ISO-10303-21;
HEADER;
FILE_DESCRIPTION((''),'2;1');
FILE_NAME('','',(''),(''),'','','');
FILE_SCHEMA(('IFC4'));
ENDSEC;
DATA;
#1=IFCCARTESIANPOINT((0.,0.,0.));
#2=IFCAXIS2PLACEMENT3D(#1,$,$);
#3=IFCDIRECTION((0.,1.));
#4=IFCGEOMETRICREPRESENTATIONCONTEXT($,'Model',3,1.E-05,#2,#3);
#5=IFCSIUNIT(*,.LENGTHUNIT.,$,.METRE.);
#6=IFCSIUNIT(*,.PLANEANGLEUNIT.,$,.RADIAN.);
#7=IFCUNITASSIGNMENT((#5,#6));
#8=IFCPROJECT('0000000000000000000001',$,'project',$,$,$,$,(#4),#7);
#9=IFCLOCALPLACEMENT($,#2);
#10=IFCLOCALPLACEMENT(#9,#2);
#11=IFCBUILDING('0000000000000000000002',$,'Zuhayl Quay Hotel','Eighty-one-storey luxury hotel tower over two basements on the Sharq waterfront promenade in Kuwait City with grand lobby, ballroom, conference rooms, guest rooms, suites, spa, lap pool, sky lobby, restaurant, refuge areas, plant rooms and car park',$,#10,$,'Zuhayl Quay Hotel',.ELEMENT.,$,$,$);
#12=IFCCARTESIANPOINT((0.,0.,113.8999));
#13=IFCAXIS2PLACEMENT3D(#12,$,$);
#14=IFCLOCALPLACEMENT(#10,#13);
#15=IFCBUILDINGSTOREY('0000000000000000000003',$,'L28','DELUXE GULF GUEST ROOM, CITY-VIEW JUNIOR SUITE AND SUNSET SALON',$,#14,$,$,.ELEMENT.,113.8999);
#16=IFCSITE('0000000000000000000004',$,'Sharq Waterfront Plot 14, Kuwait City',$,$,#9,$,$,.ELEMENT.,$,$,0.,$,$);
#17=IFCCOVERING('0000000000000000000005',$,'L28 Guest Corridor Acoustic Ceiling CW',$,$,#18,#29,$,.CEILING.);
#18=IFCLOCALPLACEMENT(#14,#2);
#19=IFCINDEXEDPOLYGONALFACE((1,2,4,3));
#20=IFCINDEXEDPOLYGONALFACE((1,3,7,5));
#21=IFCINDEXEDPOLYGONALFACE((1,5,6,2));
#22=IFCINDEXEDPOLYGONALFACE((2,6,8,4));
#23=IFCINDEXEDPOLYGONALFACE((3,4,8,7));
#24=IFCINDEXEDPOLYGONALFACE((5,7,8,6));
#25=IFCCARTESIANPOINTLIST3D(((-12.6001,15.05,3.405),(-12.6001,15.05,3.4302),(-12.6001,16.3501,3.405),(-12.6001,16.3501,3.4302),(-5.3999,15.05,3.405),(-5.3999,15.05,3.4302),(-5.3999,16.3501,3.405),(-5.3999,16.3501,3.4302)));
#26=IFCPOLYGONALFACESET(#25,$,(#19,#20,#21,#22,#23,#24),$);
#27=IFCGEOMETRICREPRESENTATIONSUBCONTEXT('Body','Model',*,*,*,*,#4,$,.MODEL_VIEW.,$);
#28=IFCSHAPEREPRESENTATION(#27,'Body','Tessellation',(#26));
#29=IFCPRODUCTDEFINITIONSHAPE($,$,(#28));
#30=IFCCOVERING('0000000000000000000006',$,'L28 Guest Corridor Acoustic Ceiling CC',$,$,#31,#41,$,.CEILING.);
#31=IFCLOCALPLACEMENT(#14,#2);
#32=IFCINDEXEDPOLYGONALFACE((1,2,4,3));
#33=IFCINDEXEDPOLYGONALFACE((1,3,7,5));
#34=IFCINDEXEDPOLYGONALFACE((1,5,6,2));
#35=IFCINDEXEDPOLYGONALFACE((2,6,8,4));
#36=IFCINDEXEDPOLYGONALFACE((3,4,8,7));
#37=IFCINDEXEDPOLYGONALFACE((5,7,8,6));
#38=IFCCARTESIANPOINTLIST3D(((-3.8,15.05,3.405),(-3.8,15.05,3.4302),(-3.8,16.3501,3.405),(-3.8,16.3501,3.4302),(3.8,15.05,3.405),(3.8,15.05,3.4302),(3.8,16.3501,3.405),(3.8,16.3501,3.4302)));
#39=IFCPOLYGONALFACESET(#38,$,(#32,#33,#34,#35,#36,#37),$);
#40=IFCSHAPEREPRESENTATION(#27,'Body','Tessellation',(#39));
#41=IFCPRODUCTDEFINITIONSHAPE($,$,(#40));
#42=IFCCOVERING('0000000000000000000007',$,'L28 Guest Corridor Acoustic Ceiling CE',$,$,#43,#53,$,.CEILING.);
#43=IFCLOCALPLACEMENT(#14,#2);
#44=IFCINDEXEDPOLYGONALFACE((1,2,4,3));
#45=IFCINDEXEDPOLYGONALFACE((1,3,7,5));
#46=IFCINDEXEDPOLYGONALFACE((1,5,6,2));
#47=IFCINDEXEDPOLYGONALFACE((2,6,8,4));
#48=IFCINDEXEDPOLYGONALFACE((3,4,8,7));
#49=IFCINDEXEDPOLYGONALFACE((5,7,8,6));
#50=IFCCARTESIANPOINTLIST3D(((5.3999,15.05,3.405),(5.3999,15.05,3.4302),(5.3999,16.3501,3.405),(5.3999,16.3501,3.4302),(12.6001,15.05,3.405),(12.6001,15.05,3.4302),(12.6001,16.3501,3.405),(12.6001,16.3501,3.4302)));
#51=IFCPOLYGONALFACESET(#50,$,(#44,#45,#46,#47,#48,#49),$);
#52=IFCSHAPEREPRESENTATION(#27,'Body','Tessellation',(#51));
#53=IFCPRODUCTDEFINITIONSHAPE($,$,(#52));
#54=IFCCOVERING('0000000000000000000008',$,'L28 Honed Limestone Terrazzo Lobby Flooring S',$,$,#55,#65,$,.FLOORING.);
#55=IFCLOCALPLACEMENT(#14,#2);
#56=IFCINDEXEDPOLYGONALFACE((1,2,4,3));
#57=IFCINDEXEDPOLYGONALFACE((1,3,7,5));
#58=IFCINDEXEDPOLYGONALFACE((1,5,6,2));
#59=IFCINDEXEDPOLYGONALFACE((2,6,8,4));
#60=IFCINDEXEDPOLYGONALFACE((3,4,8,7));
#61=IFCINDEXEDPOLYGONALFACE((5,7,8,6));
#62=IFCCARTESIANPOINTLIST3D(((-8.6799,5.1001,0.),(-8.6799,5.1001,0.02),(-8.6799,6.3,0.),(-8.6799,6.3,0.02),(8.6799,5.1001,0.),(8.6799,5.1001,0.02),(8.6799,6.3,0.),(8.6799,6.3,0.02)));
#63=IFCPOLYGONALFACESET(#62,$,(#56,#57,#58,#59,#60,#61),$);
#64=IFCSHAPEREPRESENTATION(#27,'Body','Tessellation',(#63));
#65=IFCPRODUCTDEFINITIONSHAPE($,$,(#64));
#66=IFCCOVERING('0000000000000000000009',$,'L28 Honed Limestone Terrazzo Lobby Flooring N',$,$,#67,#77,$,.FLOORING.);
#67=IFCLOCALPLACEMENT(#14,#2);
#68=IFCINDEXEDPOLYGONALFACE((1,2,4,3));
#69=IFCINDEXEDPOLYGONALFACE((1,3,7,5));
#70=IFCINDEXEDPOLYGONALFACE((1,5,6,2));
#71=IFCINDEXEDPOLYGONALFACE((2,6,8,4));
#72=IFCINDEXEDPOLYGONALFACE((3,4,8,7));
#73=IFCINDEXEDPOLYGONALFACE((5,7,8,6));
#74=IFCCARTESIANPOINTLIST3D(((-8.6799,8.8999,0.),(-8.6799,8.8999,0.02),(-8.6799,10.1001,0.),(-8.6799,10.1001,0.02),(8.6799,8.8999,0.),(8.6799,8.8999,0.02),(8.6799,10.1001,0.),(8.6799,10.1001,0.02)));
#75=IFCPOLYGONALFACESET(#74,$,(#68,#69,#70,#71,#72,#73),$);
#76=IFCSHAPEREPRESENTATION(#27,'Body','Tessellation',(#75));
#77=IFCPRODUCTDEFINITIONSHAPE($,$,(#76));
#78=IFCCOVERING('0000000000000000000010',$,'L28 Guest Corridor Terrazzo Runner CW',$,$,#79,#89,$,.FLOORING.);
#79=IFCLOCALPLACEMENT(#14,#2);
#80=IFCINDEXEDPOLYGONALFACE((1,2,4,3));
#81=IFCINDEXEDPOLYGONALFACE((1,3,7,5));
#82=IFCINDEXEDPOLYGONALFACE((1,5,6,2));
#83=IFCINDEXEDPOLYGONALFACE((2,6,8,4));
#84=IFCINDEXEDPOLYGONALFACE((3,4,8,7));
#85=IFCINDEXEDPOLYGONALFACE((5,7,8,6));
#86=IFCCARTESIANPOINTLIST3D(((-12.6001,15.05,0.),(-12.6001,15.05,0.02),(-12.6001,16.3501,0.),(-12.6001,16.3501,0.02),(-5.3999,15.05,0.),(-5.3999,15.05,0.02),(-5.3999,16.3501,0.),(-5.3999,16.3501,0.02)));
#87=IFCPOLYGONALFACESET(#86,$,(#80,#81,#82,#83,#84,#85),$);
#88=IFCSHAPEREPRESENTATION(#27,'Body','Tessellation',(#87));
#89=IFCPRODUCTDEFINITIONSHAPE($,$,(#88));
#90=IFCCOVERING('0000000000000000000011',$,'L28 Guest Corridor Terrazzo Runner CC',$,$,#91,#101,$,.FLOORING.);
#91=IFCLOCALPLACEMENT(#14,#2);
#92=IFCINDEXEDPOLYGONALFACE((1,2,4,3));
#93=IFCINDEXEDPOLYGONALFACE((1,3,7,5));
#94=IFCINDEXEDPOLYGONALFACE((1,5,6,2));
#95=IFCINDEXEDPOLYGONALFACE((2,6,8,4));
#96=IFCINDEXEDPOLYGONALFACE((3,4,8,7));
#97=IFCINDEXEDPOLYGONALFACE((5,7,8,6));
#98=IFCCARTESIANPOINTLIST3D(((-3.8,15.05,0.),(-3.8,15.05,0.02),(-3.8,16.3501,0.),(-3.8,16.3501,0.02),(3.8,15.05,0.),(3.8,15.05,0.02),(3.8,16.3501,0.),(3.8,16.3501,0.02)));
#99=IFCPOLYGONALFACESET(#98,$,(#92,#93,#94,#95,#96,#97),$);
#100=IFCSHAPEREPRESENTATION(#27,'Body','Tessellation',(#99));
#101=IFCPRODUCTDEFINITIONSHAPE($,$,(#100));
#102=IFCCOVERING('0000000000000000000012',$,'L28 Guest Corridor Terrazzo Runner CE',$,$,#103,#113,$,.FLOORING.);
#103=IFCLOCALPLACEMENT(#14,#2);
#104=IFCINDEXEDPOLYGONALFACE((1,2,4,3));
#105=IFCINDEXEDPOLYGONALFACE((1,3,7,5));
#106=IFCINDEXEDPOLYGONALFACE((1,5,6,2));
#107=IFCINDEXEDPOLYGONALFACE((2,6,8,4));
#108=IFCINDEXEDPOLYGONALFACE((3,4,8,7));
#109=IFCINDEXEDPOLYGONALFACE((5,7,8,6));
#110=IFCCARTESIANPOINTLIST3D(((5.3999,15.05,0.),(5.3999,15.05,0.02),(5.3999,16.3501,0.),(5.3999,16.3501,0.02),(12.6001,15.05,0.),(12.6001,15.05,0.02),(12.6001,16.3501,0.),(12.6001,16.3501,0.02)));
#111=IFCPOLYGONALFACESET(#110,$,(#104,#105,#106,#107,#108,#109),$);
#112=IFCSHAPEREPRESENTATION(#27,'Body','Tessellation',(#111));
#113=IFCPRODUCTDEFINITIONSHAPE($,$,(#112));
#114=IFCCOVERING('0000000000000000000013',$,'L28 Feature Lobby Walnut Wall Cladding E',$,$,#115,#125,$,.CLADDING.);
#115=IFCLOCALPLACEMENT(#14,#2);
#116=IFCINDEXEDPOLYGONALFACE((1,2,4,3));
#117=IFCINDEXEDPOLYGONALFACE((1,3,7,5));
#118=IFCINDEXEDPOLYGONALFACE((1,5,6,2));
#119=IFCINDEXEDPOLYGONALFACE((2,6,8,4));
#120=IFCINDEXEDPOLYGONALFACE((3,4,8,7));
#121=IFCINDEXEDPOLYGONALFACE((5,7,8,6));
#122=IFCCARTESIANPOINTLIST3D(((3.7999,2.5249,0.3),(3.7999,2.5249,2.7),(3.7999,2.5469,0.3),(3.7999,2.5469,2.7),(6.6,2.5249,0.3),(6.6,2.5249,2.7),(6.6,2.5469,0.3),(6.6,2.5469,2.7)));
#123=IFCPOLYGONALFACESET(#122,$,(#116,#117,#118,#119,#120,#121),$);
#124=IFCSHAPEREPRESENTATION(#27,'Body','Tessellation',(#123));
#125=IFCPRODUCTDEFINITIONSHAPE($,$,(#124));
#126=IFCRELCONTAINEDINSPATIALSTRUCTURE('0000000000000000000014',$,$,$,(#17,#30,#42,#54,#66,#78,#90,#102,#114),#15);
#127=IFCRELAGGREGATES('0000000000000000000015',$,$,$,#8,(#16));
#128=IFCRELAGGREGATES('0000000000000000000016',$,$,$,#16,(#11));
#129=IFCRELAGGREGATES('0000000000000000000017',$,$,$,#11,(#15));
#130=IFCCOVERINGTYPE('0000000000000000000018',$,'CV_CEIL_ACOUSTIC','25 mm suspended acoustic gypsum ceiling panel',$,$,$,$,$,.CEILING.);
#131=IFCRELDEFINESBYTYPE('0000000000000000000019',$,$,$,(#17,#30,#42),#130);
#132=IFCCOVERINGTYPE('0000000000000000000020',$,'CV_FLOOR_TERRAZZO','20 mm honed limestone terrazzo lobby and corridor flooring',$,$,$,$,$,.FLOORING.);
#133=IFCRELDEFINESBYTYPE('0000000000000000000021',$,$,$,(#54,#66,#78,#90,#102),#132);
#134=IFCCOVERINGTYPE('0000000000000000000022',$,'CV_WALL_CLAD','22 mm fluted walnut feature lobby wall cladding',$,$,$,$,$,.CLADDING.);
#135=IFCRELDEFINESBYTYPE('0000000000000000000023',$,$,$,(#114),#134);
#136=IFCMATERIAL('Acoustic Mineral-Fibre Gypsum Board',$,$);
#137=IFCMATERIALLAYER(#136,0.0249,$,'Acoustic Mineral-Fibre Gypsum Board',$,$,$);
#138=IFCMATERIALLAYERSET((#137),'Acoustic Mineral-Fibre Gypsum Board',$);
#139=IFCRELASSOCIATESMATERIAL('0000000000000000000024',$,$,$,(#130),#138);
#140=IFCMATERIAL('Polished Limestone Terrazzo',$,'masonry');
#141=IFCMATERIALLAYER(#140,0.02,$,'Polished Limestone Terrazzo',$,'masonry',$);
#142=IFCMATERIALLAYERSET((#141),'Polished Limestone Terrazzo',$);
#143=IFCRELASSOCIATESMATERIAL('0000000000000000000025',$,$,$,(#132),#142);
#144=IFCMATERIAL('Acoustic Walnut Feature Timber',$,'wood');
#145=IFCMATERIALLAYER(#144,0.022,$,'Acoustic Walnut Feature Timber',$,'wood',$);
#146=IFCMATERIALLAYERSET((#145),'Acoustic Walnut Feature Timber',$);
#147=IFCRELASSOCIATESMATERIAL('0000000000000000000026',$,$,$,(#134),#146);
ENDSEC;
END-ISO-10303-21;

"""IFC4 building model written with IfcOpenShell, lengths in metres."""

from ifc_helpers import new_model, si_unit, direction, frame, origin, origin_2d, place, context, subcontext, project, spatial, polyline, rectangle, outline, extrude, material, layer, layer_set, type_object, element, save


model = new_model("IFC4")

# Units and contexts
model_context = context("Model", 3, precision=1e-05, world=origin(), true_north=direction((0.0, 1.0)))
body_context = subcontext(model_context, "Body", "Model", "MODEL_VIEW")
ifc_project = project(units=[si_unit("LENGTHUNIT", "METRE"), si_unit("PLANEANGLEUNIT", "RADIAN")], contexts=[model_context])

# Site, building, storey
site_placement = place(None, origin())
site = spatial("IfcSite", under=ifc_project, at=site_placement, Name="Sharq Waterfront Plot 14, Kuwait City", CompositionType="ELEMENT", RefElevation=0.0)
building_placement = place(site_placement, origin())
building = spatial("IfcBuilding", under=site, at=building_placement, Name="Zuhayl Quay Hotel", Description="Eighty-one-storey luxury hotel tower over two basements on the Sharq waterfront promenade in Kuwait City with grand lobby, ballroom, conference rooms, guest rooms, suites, spa, lap pool, sky lobby, restaurant, refuge areas, plant rooms and car park", LongName="Zuhayl Quay Hotel", CompositionType="ELEMENT")
storey_placement = place(building_placement, frame((0.0, 0.0, 113.8999)))
storey = spatial("IfcBuildingStorey", under=building, at=storey_placement, Name="L28", Description="DELUXE GULF GUEST ROOM, CITY-VIEW JUNIOR SUITE AND SUNSET SALON", CompositionType="ELEMENT", Elevation=113.8999)

# Coverings
ifc_material_1 = material(Name="Acoustic Mineral-Fibre Gypsum Board")
ifc_layer_1 = layer(ifc_material_1, 0.0249, Name="Acoustic Mineral-Fibre Gypsum Board")
ifc_layer_set_1 = layer_set([ifc_layer_1], Name="Acoustic Mineral-Fibre Gypsum Board")
covering_type_1 = type_object("IfcCoveringType", Name="CV_CEIL_ACOUSTIC", Description="25 mm suspended acoustic gypsum ceiling panel", PredefinedType="CEILING", material=ifc_layer_set_1)
covering_1_placement = place(storey_placement, frame((0.0, 0.0, 3.405)))
element("IfcCovering", 1, at=covering_1_placement, inside=storey, type_object=covering_type_1, Name="L28 Guest Corridor Acoustic Ceiling CW", PredefinedType="CEILING", context=body_context, shape_type="SweptSolid", body=[
    extrude(outline(polyline([(-12.6001, 15.05), (-5.3999, 15.05), (-5.3999, 16.3501), (-12.6001, 16.3501), (-12.6001, 15.05)])), origin(), (0.0, 0.0, 1.0), 0.0251),
])
covering_2_placement = place(storey_placement, frame((0.0, 0.0, 3.405)))
element("IfcCovering", 2, at=covering_2_placement, inside=storey, type_object=covering_type_1, Name="L28 Guest Corridor Acoustic Ceiling CC", PredefinedType="CEILING", context=body_context, shape_type="SweptSolid", body=[
    extrude(outline(polyline([(-3.8, 15.05), (3.8, 15.05), (3.8, 16.3501), (-3.8, 16.3501), (-3.8, 15.05)])), origin(), (0.0, 0.0, 1.0), 0.0251),
])
covering_3_placement = place(storey_placement, frame((0.0, 0.0, 3.405)))
element("IfcCovering", 3, at=covering_3_placement, inside=storey, type_object=covering_type_1, Name="L28 Guest Corridor Acoustic Ceiling CE", PredefinedType="CEILING", context=body_context, shape_type="SweptSolid", body=[
    extrude(outline(polyline([(5.3999, 15.05), (12.6001, 15.05), (12.6001, 16.3501), (5.3999, 16.3501), (5.3999, 15.05)])), origin(), (0.0, 0.0, 1.0), 0.0251),
])
ifc_material_2 = material(Name="Polished Limestone Terrazzo", Category="masonry")
ifc_layer_2 = layer(ifc_material_2, 0.02, Name="Polished Limestone Terrazzo", Category="masonry")
ifc_layer_set_2 = layer_set([ifc_layer_2], Name="Polished Limestone Terrazzo")
covering_type_2 = type_object("IfcCoveringType", Name="CV_FLOOR_TERRAZZO", Description="20 mm honed limestone terrazzo lobby and corridor flooring", PredefinedType="FLOORING", material=ifc_layer_set_2)
covering_4_placement = place(storey_placement, origin())
element("IfcCovering", 4, at=covering_4_placement, inside=storey, type_object=covering_type_2, Name="L28 Honed Limestone Terrazzo Lobby Flooring S", PredefinedType="FLOORING", context=body_context, shape_type="SweptSolid", body=[
    extrude(outline(polyline([(-8.6799, 5.1001), (8.6799, 5.1001), (8.6799, 6.3), (-8.6799, 6.3), (-8.6799, 5.1001)])), origin(), (0.0, 0.0, 1.0), 0.02),
])
covering_5_placement = place(storey_placement, origin())
element("IfcCovering", 5, at=covering_5_placement, inside=storey, type_object=covering_type_2, Name="L28 Honed Limestone Terrazzo Lobby Flooring N", PredefinedType="FLOORING", context=body_context, shape_type="SweptSolid", body=[
    extrude(outline(polyline([(-8.6799, 8.8999), (8.6799, 8.8999), (8.6799, 10.1001), (-8.6799, 10.1001), (-8.6799, 8.8999)])), origin(), (0.0, 0.0, 1.0), 0.02),
])
covering_6_placement = place(storey_placement, origin())
element("IfcCovering", 6, at=covering_6_placement, inside=storey, type_object=covering_type_2, Name="L28 Guest Corridor Terrazzo Runner CW", PredefinedType="FLOORING", context=body_context, shape_type="SweptSolid", body=[
    extrude(outline(polyline([(-12.6001, 15.05), (-5.3999, 15.05), (-5.3999, 16.3501), (-12.6001, 16.3501), (-12.6001, 15.05)])), origin(), (0.0, 0.0, 1.0), 0.02),
])
covering_7_placement = place(storey_placement, origin())
element("IfcCovering", 7, at=covering_7_placement, inside=storey, type_object=covering_type_2, Name="L28 Guest Corridor Terrazzo Runner CC", PredefinedType="FLOORING", context=body_context, shape_type="SweptSolid", body=[
    extrude(outline(polyline([(-3.8, 15.05), (3.8, 15.05), (3.8, 16.3501), (-3.8, 16.3501), (-3.8, 15.05)])), origin(), (0.0, 0.0, 1.0), 0.02),
])
covering_8_placement = place(storey_placement, origin())
element("IfcCovering", 8, at=covering_8_placement, inside=storey, type_object=covering_type_2, Name="L28 Guest Corridor Terrazzo Runner CE", PredefinedType="FLOORING", context=body_context, shape_type="SweptSolid", body=[
    extrude(outline(polyline([(5.3999, 15.05), (12.6001, 15.05), (12.6001, 16.3501), (5.3999, 16.3501), (5.3999, 15.05)])), origin(), (0.0, 0.0, 1.0), 0.02),
])
ifc_material_3 = material(Name="Acoustic Walnut Feature Timber", Category="wood")
ifc_layer_3 = layer(ifc_material_3, 0.022, Name="Acoustic Walnut Feature Timber", Category="wood")
ifc_layer_set_3 = layer_set([ifc_layer_3], Name="Acoustic Walnut Feature Timber")
covering_type_3 = type_object("IfcCoveringType", Name="CV_WALL_CLAD", Description="22 mm fluted walnut feature lobby wall cladding", PredefinedType="CLADDING", material=ifc_layer_set_3)
covering_9_placement = place(storey_placement, frame((5.2, 2.5359, 0.3), z_axis=(0.0, 0.0, 1.0), x_axis=(1.0, 0.0, 0.0)))
element("IfcCovering", 9, at=covering_9_placement, inside=storey, type_object=covering_type_3, Name="L28 Feature Lobby Walnut Wall Cladding E", PredefinedType="CLADDING", context=body_context, shape_type="SweptSolid", body=[
    extrude(rectangle(XDim=2.8, YDim=0.022, at=origin_2d()), origin(), (0.0, 0.0, 1.0), 2.3999),
])

save(model, "model.ifc")
